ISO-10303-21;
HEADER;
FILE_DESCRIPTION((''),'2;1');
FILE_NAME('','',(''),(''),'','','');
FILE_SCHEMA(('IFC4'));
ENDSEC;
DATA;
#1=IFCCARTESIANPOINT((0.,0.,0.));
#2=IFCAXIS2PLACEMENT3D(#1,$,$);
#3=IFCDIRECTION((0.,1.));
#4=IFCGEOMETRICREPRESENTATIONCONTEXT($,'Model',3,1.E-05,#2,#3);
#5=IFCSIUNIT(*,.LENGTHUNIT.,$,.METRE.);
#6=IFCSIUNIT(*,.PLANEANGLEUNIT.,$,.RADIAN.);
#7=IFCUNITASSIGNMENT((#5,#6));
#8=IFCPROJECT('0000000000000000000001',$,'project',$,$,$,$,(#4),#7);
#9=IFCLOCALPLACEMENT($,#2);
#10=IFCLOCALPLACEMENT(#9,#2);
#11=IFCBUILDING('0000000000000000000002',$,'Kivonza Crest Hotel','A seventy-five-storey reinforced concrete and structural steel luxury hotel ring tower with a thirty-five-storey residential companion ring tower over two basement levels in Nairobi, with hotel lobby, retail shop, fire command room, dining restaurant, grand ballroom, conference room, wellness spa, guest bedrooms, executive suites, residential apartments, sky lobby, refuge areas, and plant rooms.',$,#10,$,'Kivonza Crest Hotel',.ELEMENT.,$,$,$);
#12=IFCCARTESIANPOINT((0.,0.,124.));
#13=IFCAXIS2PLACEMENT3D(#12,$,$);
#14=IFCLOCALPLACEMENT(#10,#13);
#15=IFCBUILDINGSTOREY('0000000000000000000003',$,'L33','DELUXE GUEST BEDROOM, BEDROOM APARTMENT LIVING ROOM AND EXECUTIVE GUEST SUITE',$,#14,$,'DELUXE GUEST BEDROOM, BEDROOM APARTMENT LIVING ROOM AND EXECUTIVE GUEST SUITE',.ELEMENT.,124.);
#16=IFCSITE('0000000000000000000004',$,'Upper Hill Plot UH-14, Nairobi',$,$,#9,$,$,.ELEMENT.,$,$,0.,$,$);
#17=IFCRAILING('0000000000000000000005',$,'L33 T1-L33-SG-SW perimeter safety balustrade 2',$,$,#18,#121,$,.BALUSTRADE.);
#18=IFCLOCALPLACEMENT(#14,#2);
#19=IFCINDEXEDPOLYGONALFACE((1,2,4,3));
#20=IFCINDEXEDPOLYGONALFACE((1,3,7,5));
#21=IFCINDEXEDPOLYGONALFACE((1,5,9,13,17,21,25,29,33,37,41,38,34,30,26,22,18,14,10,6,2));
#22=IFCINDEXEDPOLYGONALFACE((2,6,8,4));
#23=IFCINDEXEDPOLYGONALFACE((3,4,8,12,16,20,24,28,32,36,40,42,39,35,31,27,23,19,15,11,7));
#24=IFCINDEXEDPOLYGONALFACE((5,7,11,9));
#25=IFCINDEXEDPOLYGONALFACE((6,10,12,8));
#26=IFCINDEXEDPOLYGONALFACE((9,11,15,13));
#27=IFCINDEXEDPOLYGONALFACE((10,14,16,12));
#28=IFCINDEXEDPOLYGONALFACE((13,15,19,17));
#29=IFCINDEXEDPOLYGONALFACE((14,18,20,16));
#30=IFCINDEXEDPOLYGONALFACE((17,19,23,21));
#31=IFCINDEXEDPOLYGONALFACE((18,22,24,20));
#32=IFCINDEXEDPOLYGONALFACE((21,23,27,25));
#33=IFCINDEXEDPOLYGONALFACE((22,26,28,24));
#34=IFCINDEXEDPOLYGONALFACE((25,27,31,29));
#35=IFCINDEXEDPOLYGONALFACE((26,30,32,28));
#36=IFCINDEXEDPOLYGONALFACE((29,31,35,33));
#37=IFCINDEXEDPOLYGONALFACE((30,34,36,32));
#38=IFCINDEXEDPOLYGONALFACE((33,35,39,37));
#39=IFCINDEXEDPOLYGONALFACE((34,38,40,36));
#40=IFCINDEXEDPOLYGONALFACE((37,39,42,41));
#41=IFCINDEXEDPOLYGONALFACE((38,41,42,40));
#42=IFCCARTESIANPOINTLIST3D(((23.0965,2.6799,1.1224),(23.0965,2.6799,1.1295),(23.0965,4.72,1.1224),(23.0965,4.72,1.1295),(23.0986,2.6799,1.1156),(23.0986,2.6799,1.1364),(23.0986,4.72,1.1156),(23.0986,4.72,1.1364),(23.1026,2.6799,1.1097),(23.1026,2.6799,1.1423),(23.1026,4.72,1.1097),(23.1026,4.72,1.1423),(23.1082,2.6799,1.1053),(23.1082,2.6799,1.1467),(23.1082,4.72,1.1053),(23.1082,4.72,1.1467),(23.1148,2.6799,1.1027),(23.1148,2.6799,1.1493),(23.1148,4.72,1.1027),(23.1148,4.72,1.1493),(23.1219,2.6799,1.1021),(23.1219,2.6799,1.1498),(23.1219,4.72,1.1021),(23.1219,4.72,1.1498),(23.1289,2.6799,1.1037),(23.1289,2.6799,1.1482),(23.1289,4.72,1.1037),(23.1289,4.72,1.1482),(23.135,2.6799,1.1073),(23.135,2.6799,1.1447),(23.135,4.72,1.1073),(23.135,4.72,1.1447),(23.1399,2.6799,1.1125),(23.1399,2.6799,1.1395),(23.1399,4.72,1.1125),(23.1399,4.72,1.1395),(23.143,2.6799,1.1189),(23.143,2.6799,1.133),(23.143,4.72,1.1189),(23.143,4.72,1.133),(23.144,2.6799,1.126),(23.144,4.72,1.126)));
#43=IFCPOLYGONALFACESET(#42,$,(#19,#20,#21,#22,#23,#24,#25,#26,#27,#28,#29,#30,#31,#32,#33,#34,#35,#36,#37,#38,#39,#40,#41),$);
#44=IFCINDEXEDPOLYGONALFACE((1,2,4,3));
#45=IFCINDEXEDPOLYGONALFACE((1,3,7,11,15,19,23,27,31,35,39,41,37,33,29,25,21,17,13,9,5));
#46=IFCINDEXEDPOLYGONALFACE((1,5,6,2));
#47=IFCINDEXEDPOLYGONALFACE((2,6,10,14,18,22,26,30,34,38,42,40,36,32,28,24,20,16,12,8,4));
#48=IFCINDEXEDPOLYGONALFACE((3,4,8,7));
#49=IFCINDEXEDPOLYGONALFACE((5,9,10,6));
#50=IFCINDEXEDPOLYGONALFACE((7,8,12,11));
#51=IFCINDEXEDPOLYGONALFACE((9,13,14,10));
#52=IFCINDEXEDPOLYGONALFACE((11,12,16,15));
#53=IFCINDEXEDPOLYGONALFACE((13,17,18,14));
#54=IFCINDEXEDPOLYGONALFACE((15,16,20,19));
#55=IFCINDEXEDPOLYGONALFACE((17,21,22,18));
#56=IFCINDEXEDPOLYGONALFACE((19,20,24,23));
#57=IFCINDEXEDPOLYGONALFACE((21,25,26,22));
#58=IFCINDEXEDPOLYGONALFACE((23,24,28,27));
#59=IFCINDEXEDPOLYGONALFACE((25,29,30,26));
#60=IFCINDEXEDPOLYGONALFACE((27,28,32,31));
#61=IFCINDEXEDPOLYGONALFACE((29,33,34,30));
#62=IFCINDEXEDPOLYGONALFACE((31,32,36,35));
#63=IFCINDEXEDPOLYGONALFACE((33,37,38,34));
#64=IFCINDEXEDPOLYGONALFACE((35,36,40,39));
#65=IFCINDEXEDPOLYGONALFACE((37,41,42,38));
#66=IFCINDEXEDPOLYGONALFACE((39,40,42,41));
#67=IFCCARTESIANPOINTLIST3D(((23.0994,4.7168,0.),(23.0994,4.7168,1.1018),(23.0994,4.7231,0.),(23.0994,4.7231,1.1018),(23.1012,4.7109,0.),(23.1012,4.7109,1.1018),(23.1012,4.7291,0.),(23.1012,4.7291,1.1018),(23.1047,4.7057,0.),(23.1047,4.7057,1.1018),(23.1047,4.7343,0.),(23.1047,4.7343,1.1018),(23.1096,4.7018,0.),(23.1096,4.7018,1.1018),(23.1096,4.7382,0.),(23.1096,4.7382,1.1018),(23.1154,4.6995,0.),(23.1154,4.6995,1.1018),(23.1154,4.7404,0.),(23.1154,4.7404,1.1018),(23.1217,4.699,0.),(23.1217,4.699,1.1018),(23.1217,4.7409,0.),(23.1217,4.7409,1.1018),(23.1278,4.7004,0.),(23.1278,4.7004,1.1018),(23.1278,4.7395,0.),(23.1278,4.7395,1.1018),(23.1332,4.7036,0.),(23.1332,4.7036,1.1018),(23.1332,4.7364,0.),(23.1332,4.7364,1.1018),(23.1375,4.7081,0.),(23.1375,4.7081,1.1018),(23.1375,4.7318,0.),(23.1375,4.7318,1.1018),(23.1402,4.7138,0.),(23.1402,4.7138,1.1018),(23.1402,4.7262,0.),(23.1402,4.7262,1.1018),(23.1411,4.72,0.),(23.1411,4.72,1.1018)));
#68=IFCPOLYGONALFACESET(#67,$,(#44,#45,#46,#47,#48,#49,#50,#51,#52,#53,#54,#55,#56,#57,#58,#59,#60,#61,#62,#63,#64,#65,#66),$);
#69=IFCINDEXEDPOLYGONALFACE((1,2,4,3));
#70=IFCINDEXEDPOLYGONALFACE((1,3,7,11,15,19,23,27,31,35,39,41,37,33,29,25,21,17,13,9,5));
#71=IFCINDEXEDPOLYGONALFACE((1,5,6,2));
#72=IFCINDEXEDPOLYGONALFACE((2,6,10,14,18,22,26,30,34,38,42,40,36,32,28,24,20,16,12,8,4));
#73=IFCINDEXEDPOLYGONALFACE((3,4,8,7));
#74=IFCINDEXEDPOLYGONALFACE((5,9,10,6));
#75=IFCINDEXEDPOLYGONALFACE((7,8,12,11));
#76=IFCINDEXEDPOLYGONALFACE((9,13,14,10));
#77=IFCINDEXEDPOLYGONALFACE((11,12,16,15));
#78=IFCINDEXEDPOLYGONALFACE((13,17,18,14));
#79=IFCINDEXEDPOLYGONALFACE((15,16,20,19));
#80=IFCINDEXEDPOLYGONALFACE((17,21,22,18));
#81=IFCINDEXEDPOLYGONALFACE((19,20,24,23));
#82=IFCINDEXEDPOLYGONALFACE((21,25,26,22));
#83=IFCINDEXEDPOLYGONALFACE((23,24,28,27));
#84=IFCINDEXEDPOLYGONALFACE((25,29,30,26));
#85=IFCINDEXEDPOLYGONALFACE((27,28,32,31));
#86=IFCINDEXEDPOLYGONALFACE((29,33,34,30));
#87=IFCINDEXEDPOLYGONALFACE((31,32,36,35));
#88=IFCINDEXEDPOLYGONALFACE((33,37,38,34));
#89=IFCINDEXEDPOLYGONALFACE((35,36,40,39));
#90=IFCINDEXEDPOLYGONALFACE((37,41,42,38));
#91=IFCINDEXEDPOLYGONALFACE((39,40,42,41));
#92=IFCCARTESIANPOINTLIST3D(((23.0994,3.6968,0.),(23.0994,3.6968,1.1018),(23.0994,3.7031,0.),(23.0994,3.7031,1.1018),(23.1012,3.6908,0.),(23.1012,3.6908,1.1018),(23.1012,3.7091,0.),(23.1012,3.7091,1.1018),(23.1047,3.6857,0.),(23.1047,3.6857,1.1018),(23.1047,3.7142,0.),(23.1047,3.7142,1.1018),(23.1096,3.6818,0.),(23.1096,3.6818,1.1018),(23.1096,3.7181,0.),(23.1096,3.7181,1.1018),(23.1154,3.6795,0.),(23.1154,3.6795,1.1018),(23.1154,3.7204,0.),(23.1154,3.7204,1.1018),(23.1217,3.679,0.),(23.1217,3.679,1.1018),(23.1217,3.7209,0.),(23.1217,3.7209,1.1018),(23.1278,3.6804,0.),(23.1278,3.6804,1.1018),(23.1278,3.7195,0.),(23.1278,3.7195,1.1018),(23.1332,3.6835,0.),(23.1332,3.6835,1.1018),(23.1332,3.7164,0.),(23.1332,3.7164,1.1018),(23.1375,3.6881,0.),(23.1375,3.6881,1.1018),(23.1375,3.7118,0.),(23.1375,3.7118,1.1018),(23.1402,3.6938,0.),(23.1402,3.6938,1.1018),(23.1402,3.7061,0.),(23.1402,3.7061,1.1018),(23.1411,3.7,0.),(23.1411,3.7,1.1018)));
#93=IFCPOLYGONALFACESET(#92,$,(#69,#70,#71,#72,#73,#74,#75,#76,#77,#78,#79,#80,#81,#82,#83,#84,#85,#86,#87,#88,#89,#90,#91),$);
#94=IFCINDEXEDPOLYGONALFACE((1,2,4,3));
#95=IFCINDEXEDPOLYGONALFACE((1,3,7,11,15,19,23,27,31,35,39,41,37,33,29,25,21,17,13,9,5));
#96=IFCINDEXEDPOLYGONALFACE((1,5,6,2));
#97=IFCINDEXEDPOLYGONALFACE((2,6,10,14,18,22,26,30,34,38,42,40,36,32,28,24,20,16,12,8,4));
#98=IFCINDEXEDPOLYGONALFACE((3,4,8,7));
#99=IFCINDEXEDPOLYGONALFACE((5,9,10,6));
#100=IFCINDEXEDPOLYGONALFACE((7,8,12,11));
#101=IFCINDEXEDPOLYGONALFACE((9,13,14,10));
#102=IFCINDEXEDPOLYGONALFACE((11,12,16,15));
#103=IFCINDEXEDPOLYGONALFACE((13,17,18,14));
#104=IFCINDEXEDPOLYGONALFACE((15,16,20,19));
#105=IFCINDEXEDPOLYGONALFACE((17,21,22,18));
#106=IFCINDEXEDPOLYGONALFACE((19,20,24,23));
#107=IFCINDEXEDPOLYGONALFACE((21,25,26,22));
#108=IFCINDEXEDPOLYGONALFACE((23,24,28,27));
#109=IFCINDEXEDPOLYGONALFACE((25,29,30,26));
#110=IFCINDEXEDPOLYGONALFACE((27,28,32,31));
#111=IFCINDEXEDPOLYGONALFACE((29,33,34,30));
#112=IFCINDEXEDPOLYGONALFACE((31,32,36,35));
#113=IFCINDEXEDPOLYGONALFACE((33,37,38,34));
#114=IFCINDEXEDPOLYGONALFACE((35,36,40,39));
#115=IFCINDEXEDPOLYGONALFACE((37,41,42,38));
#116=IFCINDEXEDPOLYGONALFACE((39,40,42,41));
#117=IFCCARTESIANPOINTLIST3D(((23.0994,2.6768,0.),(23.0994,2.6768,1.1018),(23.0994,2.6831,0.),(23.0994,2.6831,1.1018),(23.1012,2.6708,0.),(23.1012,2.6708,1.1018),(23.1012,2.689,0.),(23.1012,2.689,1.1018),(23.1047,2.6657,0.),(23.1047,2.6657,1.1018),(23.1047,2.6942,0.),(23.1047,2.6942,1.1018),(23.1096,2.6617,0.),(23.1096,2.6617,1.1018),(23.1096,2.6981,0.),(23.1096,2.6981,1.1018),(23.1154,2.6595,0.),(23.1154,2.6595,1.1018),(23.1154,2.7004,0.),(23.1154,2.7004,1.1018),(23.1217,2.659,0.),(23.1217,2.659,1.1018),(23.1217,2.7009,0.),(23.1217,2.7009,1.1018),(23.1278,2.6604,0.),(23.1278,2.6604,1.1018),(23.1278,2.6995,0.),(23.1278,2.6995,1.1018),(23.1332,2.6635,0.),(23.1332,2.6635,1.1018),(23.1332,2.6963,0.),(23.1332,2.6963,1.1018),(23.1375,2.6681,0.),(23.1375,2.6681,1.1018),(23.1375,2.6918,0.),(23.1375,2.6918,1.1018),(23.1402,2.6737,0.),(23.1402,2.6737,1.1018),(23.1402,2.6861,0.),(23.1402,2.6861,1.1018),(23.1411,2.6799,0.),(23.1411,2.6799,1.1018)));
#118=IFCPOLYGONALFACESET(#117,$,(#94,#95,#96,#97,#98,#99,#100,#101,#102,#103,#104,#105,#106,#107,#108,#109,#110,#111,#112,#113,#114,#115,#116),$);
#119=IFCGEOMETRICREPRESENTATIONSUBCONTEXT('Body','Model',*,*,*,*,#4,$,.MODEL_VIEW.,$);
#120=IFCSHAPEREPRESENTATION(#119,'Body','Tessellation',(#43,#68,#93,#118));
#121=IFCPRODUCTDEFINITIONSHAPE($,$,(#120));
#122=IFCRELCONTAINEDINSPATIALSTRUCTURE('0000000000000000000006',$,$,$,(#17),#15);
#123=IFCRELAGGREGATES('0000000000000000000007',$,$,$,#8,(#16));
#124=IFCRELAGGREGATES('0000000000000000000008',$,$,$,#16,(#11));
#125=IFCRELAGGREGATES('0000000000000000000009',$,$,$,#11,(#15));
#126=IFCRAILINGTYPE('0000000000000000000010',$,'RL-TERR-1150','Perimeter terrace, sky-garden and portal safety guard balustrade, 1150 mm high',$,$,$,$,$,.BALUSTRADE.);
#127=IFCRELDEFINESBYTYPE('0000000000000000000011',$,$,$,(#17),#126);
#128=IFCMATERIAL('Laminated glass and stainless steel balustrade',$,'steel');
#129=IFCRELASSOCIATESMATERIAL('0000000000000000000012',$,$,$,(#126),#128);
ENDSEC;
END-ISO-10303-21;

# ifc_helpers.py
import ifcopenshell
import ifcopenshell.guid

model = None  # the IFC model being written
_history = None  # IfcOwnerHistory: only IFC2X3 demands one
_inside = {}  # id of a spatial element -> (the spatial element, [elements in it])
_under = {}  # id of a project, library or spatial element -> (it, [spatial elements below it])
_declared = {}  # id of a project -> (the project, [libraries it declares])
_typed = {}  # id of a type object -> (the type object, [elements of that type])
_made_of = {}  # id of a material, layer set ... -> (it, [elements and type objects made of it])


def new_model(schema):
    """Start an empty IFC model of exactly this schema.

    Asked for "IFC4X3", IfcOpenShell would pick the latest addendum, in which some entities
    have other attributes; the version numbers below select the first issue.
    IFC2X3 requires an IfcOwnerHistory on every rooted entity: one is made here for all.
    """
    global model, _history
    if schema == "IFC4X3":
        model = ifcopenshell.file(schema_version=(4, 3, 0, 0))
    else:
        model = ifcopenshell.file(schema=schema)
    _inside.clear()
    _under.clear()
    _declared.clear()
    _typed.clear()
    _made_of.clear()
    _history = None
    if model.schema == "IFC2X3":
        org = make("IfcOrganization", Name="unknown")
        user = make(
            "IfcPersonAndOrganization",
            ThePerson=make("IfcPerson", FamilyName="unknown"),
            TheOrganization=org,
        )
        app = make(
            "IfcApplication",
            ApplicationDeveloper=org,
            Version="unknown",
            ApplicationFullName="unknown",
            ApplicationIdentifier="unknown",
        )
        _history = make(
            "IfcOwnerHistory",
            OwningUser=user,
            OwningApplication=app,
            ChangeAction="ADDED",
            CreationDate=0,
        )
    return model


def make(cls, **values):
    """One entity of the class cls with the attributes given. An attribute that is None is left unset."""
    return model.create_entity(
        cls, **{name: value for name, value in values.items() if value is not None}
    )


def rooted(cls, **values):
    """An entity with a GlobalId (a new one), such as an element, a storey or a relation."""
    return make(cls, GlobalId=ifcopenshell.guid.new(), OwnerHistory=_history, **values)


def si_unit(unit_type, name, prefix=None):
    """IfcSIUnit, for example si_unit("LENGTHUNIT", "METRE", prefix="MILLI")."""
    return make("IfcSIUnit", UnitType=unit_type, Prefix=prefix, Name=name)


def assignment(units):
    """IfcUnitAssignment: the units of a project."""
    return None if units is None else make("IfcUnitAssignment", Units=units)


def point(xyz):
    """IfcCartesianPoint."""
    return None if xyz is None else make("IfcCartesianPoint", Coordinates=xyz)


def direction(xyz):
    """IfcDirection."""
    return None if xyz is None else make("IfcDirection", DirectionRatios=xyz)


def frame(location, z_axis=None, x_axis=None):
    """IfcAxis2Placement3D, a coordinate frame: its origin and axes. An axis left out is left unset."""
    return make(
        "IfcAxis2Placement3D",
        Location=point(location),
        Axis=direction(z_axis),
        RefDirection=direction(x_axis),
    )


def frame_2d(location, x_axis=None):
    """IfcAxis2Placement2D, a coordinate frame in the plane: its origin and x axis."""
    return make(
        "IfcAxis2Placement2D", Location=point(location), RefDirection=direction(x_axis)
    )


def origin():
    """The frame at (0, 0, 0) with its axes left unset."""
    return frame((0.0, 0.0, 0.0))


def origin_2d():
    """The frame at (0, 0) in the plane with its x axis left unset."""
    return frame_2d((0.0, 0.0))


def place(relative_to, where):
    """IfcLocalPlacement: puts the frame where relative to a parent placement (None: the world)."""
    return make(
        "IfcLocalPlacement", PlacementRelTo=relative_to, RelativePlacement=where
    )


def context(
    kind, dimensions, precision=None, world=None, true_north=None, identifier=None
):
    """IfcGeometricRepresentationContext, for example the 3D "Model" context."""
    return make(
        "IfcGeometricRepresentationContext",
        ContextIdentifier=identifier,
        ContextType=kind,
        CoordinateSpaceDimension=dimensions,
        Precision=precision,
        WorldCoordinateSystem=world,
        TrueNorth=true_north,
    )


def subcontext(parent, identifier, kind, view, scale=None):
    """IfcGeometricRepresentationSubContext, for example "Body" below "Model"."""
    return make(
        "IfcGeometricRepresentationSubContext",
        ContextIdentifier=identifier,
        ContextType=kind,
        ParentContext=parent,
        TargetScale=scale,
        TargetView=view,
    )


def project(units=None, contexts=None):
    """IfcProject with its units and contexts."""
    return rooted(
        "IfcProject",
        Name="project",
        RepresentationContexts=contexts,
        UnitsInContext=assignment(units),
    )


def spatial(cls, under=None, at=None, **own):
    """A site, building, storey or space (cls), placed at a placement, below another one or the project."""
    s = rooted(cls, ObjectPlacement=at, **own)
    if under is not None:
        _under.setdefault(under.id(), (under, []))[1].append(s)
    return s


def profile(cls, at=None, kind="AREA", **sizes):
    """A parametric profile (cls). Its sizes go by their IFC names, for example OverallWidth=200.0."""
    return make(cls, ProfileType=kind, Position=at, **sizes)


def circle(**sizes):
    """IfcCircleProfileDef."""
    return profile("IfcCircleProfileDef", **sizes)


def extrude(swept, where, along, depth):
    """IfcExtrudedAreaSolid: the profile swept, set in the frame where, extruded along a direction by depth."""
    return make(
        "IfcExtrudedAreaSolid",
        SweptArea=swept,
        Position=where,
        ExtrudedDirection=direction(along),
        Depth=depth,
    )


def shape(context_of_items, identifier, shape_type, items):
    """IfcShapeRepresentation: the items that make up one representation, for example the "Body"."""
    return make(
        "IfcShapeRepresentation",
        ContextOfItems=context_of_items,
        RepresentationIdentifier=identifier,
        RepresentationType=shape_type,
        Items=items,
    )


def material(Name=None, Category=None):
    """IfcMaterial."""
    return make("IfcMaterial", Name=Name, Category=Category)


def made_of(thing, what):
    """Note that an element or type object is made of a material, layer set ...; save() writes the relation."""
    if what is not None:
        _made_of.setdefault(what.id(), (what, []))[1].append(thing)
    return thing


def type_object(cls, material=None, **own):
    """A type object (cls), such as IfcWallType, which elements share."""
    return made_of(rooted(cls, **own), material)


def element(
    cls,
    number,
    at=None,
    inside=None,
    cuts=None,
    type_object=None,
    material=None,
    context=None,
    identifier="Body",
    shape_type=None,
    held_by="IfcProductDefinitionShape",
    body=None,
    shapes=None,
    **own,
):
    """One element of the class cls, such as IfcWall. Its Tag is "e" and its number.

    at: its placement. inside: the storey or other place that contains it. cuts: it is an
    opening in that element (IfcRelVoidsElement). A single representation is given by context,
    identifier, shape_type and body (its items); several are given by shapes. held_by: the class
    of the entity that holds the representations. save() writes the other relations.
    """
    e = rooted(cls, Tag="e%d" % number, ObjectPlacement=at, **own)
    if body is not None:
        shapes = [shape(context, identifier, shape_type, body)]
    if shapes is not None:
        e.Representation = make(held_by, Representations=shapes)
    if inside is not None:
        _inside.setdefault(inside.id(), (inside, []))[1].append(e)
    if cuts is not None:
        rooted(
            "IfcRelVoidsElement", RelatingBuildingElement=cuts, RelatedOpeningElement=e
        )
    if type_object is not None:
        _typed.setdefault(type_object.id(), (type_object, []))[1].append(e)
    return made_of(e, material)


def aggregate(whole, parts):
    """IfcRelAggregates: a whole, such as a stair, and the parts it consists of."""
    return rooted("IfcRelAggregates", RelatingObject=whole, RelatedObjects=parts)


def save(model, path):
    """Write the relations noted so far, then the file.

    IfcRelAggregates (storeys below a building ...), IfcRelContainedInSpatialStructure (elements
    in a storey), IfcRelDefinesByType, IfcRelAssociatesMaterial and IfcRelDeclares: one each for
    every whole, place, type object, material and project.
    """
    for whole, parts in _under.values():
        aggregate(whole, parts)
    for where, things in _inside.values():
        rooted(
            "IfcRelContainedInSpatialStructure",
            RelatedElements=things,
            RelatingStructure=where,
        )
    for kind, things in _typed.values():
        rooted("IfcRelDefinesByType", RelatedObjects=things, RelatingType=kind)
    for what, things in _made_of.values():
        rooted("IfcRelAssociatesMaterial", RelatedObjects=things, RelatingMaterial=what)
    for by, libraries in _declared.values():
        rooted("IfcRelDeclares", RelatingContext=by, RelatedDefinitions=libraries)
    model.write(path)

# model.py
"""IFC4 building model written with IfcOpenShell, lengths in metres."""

from ifc_helpers import new_model, si_unit, direction, frame, origin, origin_2d, place, context, subcontext, project, spatial, circle, extrude, material, type_object, element, save


model = new_model("IFC4")

# Units and contexts
model_context = context("Model", 3, precision=1e-05, world=origin(), true_north=direction((0.0, 1.0)))
body_context = subcontext(model_context, "Body", "Model", "MODEL_VIEW")
ifc_project = project(units=[si_unit("LENGTHUNIT", "METRE"), si_unit("PLANEANGLEUNIT", "RADIAN")], contexts=[model_context])

# Site, building, storey
site_placement = place(None, origin())
site = spatial("IfcSite", under=ifc_project, at=site_placement, Name="Upper Hill Plot UH-14, Nairobi", CompositionType="ELEMENT", RefElevation=0.0)
building_placement = place(site_placement, origin())
building = spatial("IfcBuilding", under=site, at=building_placement, Name="Kivonza Crest Hotel", Description="A seventy-five-storey reinforced concrete and structural steel luxury hotel ring tower with a thirty-five-storey residential companion ring tower over two basement levels in Nairobi, with hotel lobby, retail shop, fire command room, dining restaurant, grand ballroom, conference room, wellness spa, guest bedrooms, executive suites, residential apartments, sky lobby, refuge areas, and plant rooms.", LongName="Kivonza Crest Hotel", CompositionType="ELEMENT")
storey_placement = place(building_placement, frame((0.0, 0.0, 124.0)))
storey = spatial("IfcBuildingStorey", under=building, at=storey_placement, Name="L33", Description="DELUXE GUEST BEDROOM, BEDROOM APARTMENT LIVING ROOM AND EXECUTIVE GUEST SUITE", LongName="DELUXE GUEST BEDROOM, BEDROOM APARTMENT LIVING ROOM AND EXECUTIVE GUEST SUITE", CompositionType="ELEMENT", Elevation=124.0)

# Railing
ifc_material_1 = material(Name="Laminated glass and stainless steel balustrade", Category="steel")
railing_type = type_object("IfcRailingType", Name="RL-TERR-1150", Description="Perimeter terrace, sky-garden and portal safety guard balustrade, 1150 mm high", PredefinedType="BALUSTRADE", material=ifc_material_1)
railing_1_placement = place(storey_placement, frame((23.1201, 4.72, 0.0)))
element("IfcRailing", 1, at=railing_1_placement, inside=storey, type_object=railing_type, Name="L33 T1-L33-SG-SW perimeter safety balustrade 2", PredefinedType="BALUSTRADE", context=body_context, shape_type="SweptSolid", body=[
    extrude(circle(Radius=0.0239, at=origin_2d()), frame((0.0, 0.0, 1.126), z_axis=(0.0, -1.0, 0.0), x_axis=(1.0, 0.0, 0.0)), (0.0, 0.0, 1.0), 2.04),
    extrude(circle(Radius=0.021, at=origin_2d()), origin(), (0.0, 0.0, 1.0), 1.1018),
    extrude(circle(Radius=0.021, at=origin_2d()), frame((0.0, -1.02, 0.0)), (0.0, 0.0, 1.0), 1.1018),
    extrude(circle(Radius=0.021, at=origin_2d()), frame((0.0, -2.04, 0.0)), (0.0, 0.0, 1.0), 1.1018),
])

save(model, "model.ifc")
